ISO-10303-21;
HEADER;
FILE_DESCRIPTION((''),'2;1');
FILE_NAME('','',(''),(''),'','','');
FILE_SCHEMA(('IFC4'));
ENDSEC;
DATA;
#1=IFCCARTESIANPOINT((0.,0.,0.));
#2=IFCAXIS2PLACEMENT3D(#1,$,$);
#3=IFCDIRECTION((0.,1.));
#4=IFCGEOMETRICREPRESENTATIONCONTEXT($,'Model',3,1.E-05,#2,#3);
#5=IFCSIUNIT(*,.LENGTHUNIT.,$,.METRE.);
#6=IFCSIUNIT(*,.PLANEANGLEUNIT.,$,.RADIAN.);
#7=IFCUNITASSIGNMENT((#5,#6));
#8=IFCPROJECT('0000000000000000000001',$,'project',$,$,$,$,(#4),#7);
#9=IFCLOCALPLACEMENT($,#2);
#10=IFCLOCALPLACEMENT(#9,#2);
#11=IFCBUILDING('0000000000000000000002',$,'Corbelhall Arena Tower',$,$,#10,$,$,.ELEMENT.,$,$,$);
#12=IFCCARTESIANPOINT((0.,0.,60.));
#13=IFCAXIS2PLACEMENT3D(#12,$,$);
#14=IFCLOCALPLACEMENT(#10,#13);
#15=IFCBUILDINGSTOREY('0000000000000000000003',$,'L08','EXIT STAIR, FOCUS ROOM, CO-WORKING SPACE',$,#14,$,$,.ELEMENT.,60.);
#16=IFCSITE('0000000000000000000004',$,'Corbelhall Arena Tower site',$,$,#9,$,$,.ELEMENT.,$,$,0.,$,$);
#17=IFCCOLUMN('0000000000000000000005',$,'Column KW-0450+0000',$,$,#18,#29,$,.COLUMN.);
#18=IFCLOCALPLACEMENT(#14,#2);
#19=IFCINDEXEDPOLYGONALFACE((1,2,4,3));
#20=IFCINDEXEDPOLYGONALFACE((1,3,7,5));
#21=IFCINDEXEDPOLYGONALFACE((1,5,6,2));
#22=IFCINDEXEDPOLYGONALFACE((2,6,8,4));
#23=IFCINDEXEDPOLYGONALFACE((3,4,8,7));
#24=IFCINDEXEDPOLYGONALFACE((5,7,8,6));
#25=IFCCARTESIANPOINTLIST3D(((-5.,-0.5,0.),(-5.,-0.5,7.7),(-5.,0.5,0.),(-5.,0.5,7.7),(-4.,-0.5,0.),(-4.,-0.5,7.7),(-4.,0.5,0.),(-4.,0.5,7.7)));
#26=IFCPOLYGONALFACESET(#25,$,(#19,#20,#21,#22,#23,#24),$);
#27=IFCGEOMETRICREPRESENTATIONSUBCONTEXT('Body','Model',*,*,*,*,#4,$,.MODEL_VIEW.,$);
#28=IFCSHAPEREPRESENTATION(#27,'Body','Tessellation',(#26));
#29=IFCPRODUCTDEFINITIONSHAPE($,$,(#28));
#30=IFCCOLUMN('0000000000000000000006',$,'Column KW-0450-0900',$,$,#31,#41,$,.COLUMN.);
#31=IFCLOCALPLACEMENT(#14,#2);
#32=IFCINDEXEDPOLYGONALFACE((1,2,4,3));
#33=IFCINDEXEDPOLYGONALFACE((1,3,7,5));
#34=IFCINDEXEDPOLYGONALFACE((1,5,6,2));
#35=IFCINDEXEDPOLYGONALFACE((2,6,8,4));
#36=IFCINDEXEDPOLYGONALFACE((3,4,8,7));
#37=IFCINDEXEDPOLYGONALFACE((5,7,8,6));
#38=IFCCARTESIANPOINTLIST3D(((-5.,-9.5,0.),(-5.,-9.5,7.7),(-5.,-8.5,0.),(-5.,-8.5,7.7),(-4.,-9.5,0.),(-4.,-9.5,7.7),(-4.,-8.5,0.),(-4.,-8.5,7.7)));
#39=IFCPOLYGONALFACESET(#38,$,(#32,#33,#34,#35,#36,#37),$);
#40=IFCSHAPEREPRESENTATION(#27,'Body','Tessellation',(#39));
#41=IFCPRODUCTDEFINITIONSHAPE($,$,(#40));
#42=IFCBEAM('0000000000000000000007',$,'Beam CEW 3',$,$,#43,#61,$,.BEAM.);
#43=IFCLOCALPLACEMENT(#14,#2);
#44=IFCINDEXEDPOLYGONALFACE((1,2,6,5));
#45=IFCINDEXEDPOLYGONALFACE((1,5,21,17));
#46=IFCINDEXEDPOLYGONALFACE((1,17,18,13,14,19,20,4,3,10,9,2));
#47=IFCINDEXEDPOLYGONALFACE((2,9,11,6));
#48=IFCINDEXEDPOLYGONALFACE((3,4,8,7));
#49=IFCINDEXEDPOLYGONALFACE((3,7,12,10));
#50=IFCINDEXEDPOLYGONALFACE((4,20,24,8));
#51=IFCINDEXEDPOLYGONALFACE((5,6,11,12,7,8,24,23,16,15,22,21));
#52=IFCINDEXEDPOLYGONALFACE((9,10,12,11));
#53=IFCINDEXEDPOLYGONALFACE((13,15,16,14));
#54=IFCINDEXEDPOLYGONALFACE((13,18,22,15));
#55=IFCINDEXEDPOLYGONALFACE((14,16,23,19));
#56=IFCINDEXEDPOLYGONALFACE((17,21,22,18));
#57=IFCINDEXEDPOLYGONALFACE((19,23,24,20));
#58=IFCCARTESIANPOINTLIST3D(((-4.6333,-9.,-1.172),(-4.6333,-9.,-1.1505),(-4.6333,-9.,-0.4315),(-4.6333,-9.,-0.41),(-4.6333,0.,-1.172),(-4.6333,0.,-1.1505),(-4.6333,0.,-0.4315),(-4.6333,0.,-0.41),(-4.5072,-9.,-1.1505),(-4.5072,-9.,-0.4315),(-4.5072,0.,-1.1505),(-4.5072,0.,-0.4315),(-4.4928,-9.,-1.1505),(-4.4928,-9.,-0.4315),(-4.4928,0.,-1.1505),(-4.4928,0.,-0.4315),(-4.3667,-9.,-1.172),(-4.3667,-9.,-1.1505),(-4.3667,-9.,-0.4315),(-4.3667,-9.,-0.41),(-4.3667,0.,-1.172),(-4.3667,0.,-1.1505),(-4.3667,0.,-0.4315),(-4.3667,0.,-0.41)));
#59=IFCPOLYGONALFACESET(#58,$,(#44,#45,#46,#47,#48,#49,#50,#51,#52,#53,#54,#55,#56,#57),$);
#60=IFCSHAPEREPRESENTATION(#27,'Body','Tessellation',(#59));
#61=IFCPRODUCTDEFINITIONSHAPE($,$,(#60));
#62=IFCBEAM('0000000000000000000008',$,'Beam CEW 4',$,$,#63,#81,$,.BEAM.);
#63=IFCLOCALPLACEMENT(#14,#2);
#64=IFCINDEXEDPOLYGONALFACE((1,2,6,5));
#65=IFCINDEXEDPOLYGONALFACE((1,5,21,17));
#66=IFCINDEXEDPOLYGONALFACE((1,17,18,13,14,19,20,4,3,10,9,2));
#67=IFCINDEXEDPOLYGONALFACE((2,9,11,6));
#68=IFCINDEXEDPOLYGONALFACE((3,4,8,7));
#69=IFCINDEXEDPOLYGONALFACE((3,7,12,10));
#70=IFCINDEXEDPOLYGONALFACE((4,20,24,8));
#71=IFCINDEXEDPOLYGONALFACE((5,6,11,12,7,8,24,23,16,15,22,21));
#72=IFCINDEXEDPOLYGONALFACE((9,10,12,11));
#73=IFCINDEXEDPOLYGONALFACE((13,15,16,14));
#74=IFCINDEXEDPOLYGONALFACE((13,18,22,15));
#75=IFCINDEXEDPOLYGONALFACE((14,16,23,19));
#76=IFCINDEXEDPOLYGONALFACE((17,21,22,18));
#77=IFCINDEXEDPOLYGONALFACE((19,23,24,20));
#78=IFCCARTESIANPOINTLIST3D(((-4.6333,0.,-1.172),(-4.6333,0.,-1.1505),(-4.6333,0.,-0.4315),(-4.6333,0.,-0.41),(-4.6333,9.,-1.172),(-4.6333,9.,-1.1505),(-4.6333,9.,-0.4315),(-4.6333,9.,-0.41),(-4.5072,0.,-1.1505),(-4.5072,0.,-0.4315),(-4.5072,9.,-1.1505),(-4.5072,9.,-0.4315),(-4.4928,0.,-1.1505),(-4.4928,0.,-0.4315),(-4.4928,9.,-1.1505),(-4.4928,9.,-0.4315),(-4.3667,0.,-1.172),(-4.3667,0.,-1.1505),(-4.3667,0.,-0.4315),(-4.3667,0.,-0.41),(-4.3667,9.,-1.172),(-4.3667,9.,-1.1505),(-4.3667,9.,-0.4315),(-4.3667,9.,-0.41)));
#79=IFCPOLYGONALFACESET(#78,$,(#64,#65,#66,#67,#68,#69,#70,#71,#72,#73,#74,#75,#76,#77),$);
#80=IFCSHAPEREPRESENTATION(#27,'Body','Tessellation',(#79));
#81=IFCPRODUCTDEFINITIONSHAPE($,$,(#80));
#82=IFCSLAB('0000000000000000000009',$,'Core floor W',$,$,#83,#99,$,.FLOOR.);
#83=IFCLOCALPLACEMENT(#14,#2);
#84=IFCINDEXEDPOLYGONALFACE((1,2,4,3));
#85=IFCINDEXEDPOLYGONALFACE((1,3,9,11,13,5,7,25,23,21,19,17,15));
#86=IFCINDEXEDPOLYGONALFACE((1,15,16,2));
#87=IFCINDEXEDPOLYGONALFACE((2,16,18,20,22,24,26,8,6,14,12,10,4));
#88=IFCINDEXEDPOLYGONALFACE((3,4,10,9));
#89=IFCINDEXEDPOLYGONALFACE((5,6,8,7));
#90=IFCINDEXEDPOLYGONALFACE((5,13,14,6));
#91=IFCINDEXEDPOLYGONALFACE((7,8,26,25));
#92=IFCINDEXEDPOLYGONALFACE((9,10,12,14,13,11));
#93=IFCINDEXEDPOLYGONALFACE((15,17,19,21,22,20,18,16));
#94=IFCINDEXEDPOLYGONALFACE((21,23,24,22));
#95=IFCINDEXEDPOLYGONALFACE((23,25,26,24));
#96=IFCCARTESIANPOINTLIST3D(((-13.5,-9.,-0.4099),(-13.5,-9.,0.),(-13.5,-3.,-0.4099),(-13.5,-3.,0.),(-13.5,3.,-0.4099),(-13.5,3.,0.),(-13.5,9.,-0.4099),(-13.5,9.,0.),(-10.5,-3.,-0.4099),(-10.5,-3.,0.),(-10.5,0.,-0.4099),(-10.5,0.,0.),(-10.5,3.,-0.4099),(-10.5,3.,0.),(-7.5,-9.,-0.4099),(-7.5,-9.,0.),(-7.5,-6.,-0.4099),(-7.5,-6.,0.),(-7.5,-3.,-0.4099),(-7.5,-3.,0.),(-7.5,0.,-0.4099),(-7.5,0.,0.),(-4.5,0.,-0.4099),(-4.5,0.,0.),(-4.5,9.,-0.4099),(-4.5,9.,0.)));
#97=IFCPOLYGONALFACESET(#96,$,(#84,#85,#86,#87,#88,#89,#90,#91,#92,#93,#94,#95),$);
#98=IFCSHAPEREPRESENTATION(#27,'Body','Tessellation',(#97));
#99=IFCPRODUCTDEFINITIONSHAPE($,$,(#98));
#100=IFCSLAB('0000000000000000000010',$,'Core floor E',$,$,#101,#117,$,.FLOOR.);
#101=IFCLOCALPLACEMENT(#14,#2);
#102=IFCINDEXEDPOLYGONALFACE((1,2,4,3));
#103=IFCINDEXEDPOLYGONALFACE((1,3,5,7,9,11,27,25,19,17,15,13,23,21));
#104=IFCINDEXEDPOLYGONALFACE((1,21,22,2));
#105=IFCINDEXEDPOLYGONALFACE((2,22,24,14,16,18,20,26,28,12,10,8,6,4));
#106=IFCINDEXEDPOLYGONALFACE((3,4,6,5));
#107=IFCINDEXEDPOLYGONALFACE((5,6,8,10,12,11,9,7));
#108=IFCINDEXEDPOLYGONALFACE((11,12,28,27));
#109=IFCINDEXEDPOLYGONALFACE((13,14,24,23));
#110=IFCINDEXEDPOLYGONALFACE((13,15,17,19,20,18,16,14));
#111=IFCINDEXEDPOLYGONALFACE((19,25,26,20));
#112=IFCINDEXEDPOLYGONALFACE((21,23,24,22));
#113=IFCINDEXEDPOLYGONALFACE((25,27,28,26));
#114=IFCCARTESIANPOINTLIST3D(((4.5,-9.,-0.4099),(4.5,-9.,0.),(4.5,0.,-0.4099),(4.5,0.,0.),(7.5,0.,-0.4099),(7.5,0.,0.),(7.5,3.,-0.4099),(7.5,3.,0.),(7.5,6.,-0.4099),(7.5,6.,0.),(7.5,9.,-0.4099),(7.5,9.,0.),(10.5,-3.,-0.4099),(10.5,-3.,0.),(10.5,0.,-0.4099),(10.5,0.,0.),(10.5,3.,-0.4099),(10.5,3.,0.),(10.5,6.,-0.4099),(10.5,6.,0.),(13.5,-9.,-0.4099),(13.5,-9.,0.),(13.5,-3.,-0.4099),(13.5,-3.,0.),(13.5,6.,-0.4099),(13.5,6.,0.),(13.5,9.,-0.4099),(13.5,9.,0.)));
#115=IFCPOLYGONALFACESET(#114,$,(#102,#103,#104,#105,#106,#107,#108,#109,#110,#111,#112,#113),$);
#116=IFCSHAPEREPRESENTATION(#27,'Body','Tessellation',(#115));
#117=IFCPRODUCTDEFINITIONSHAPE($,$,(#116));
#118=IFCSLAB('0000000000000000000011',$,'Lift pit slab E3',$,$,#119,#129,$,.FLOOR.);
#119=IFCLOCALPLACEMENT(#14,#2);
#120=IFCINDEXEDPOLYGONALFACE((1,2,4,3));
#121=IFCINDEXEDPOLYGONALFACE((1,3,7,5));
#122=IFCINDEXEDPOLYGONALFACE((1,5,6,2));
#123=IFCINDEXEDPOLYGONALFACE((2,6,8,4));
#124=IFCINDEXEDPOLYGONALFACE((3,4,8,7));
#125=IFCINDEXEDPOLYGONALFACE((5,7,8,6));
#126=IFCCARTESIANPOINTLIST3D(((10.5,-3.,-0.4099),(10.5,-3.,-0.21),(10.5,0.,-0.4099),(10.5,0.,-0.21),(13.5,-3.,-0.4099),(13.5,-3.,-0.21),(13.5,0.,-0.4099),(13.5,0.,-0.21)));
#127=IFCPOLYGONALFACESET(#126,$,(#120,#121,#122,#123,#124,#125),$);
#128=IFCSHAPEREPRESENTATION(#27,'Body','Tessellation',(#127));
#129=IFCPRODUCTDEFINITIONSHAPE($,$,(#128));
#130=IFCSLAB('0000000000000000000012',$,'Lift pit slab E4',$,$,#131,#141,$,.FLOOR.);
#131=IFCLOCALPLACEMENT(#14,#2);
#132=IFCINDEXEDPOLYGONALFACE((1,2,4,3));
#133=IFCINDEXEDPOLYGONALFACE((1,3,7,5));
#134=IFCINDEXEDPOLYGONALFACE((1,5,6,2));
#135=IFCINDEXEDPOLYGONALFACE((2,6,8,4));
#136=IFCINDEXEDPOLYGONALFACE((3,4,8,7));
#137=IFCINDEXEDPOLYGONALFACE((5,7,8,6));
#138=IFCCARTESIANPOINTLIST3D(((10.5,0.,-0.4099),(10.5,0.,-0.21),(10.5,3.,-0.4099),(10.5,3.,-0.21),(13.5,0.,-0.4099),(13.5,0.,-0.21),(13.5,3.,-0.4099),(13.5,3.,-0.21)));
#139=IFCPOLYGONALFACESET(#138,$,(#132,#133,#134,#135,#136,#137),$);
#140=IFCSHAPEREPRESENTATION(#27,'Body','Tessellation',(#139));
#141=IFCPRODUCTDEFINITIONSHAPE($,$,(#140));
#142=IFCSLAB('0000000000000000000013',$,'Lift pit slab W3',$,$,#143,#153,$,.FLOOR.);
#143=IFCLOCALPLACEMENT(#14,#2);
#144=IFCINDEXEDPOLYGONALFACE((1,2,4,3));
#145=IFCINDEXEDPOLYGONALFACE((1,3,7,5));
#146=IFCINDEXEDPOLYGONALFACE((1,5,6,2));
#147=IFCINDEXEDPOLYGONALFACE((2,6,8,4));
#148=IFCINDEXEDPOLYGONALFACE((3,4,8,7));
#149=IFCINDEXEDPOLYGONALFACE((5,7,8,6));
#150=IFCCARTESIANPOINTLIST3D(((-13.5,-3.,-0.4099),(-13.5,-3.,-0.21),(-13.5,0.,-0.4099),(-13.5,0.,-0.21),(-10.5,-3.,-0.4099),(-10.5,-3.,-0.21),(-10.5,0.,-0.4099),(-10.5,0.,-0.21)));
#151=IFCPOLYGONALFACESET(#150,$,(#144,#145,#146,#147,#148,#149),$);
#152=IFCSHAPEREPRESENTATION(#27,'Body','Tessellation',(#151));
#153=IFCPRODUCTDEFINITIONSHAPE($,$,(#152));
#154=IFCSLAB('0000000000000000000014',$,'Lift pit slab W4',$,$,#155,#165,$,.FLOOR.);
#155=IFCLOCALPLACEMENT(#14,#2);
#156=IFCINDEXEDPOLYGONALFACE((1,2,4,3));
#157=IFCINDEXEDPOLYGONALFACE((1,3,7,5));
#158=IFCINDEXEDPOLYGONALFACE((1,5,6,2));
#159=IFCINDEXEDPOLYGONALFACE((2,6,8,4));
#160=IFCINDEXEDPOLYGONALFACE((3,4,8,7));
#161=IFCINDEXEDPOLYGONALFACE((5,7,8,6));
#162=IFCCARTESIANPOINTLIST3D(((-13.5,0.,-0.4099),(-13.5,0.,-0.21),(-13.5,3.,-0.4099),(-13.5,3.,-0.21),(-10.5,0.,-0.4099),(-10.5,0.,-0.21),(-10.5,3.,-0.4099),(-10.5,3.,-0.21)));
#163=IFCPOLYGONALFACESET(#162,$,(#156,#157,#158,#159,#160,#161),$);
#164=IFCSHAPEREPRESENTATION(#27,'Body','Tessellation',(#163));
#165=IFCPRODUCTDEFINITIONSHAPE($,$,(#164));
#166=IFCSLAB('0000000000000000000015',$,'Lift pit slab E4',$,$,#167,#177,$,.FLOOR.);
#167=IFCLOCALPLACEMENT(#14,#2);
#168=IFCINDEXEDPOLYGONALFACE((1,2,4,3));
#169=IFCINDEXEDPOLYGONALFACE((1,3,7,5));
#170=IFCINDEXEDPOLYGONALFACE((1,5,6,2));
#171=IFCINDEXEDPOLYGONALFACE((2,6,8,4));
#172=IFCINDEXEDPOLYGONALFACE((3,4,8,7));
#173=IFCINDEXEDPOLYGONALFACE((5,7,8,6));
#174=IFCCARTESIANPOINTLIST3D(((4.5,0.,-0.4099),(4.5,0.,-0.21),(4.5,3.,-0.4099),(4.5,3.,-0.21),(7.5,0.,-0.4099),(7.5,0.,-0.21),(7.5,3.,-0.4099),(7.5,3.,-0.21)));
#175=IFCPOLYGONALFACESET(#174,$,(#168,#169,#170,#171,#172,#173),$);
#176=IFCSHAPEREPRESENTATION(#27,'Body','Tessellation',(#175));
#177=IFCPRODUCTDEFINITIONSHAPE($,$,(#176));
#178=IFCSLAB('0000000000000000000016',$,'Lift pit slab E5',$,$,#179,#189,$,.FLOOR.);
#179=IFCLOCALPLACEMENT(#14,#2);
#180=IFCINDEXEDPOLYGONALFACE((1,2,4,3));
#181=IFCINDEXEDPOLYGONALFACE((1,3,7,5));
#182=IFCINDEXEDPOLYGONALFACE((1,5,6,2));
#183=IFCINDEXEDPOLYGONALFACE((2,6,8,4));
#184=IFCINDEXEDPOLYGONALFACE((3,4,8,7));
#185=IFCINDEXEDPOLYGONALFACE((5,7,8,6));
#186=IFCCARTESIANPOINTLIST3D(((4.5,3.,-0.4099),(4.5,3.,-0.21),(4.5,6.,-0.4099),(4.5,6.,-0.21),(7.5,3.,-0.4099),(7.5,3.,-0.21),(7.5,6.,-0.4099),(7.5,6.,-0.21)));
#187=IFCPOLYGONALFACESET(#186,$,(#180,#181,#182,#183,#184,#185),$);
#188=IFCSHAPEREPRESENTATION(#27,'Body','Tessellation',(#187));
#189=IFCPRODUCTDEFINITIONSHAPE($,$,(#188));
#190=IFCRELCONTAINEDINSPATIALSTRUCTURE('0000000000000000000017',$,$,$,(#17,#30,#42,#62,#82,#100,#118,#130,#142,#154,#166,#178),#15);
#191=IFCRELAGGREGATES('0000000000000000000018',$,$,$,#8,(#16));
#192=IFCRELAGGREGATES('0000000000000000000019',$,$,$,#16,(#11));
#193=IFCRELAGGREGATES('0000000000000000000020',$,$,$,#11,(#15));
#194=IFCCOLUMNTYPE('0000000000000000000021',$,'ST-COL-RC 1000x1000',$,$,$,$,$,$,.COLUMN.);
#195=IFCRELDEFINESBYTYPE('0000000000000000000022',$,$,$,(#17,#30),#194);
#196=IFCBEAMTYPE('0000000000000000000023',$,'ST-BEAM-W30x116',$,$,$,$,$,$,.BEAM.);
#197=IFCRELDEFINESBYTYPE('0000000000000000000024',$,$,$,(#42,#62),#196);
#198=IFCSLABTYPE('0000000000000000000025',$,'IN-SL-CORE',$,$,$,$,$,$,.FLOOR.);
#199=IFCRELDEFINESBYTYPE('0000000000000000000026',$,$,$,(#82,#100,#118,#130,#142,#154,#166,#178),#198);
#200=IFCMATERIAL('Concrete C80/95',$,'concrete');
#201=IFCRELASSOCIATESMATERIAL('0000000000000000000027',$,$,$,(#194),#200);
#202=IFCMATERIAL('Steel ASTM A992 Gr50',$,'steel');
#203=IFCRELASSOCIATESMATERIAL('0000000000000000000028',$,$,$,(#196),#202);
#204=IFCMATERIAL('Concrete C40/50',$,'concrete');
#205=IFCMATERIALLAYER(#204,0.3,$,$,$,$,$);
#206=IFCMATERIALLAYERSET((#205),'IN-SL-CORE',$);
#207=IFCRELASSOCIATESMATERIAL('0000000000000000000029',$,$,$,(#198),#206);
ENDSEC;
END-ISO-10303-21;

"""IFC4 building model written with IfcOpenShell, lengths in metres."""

from ifc_helpers import new_model, si_unit, direction, frame, origin, origin_2d, place, context, subcontext, project, spatial, polyline, rectangle, i_section, outline, extrude, material, layer, layer_set, material_profile, profile_set, type_object, element, save


model = new_model("IFC4")

# Units and contexts
model_context = context("Model", 3, precision=1e-05, world=origin(), true_north=direction((0.0, 1.0)))
body_context = subcontext(model_context, "Body", "Model", "MODEL_VIEW")
ifc_project = project(units=[si_unit("LENGTHUNIT", "METRE"), si_unit("PLANEANGLEUNIT", "RADIAN")], contexts=[model_context])

# Site, building, storey
site_placement = place(None, origin())
site = spatial("IfcSite", under=ifc_project, at=site_placement, Name="Corbelhall Arena Tower site", CompositionType="ELEMENT", RefElevation=0.0)
building_placement = place(site_placement, origin())
building = spatial("IfcBuilding", under=site, at=building_placement, Name="Corbelhall Arena Tower", CompositionType="ELEMENT")
storey_placement = place(building_placement, frame((0.0, 0.0, 60.0)))
storey = spatial("IfcBuildingStorey", under=building, at=storey_placement, Name="L08", Description="EXIT STAIR, FOCUS ROOM, CO-WORKING SPACE", CompositionType="ELEMENT", Elevation=60.0)

# Columns
ifc_material_1 = material(Name="Concrete C80/95", Category="concrete")
ifc_material_profile_1 = material_profile(ifc_material_1, rectangle(XDim=1.0, YDim=1.0, at=origin_2d()))
ifc_profile_set_1 = profile_set([ifc_material_profile_1], Name="Concrete C80/95")
column_type = type_object("IfcColumnType", Name="ST-COL-RC 1000x1000", PredefinedType="COLUMN", material=ifc_profile_set_1)
for number, where, z_axis, x_axis, name in (
    (1, (-4.5, 0.0, 0.0), (0.0, 0.0, 1.0), (1.0, 0.0, 0.0), "Column KW-0450+0000"),
    (2, (-4.5, -9.0, 0.0), (0.0, 0.0, 1.0), (1.0, 0.0, 0.0), "Column KW-0450-0900"),
):
    element("IfcColumn", number, at=place(storey_placement, frame(where, z_axis=z_axis, x_axis=x_axis)), inside=storey, type_object=column_type, Name=name, PredefinedType="COLUMN", context=body_context, shape_type="SweptSolid", body=[
        extrude(rectangle(XDim=1.0, YDim=1.0, at=origin_2d()), origin(), (0.0, 0.0, 1.0), 7.7),
    ])

# Beams
ifc_material_2 = material(Name="Steel ASTM A992 Gr50", Category="steel")
ifc_material_profile_2 = material_profile(ifc_material_2, i_section(OverallWidth=0.2666, OverallDepth=0.762, WebThickness=0.0144, FlangeThickness=0.0215, at=origin_2d()))
ifc_profile_set_2 = profile_set([ifc_material_profile_2], Name="Steel ASTM A992 Gr50")
beam_type = type_object("IfcBeamType", Name="ST-BEAM-W30x116", PredefinedType="BEAM", material=ifc_profile_set_2)
for number, where, z_axis, x_axis, name in (
    (3, (-4.5, -9.0, -0.791), (0.0, 1.0, 0.0), (-1.0, 0.0, 0.0), "Beam CEW 3"),
    (4, (-4.5, 0.0, -0.791), (0.0, 1.0, 0.0), (-1.0, 0.0, 0.0), "Beam CEW 4"),
):
    element("IfcBeam", number, at=place(storey_placement, frame(where, z_axis=z_axis, x_axis=x_axis)), inside=storey, type_object=beam_type, Name=name, PredefinedType="BEAM", context=body_context, shape_type="SweptSolid", body=[
        extrude(i_section(OverallWidth=0.2666, OverallDepth=0.762, WebThickness=0.0144, FlangeThickness=0.0215, at=origin_2d()), origin(), (0.0, 0.0, 1.0), 9.0),
    ])

# Slabs
ifc_material_3 = material(Name="Concrete C40/50", Category="concrete")
ifc_layer_1 = layer(ifc_material_3, 0.3)
ifc_layer_set_1 = layer_set([ifc_layer_1], Name="IN-SL-CORE")
slab_type_1 = type_object("IfcSlabType", Name="IN-SL-CORE", PredefinedType="FLOOR", material=ifc_layer_set_1)
slab_1_placement = place(storey_placement, frame((0.0, 0.0, -0.4099)))
element("IfcSlab", 5, at=slab_1_placement, inside=storey, type_object=slab_type_1, Name="Core floor W", PredefinedType="FLOOR", context=body_context, shape_type="SweptSolid", body=[
    extrude(outline(polyline([(-7.5, 0.0), (-4.5, 0.0), (-4.5, 9.0), (-13.5, 9.0), (-13.5, 3.0), (-10.5, 3.0), (-10.5, 0.0), (-10.5, -3.0), (-13.5, -3.0), (-13.5, -9.0), (-7.5, -9.0), (-7.5, -6.0), (-7.5, -3.0), (-7.5, 0.0)])), origin(), (0.0, 0.0, 1.0), 0.4099),
])
slab_2_placement = place(storey_placement, frame((0.0, 0.0, -0.4099)))
element("IfcSlab", 6, at=slab_2_placement, inside=storey, type_object=slab_type_1, Name="Core floor E", PredefinedType="FLOOR", context=body_context, shape_type="SweptSolid", body=[
    extrude(outline(polyline([(7.5, 0.0), (4.5, 0.0), (4.5, -9.0), (13.5, -9.0), (13.5, -3.0), (10.5, -3.0), (10.5, 0.0), (10.5, 3.0), (10.5, 6.0), (13.5, 6.0), (13.5, 9.0), (7.5, 9.0), (7.5, 6.0), (7.5, 3.0), (7.5, 0.0)])), origin(), (0.0, 0.0, 1.0), 0.4099),
])
slab_3_placement = place(storey_placement, frame((0.0, 0.0, -0.4099)))
element("IfcSlab", 7, at=slab_3_placement, inside=storey, type_object=slab_type_1, Name="Lift pit slab E3", PredefinedType="FLOOR", context=body_context, shape_type="SweptSolid", body=[
    extrude(outline(polyline([(13.5, -3.0), (13.5, 0.0), (10.5, 0.0), (10.5, -3.0), (13.5, -3.0)])), origin(), (0.0, 0.0, 1.0), 0.2),
])
slab_4_placement = place(storey_placement, frame((0.0, 0.0, -0.4099)))
element("IfcSlab", 8, at=slab_4_placement, inside=storey, type_object=slab_type_1, Name="Lift pit slab E4", PredefinedType="FLOOR", context=body_context, shape_type="SweptSolid", body=[
    extrude(outline(polyline([(13.5, 0.0), (13.5, 3.0), (10.5, 3.0), (10.5, 0.0), (13.5, 0.0)])), origin(), (0.0, 0.0, 1.0), 0.2),
])
slab_5_placement = place(storey_placement, frame((0.0, 0.0, -0.4099)))
element("IfcSlab", 9, at=slab_5_placement, inside=storey, type_object=slab_type_1, Name="Lift pit slab W3", PredefinedType="FLOOR", context=body_context, shape_type="SweptSolid", body=[
    extrude(outline(polyline([(-10.5, -3.0), (-10.5, 0.0), (-13.5, 0.0), (-13.5, -3.0), (-10.5, -3.0)])), origin(), (0.0, 0.0, 1.0), 0.2),
])
slab_6_placement = place(storey_placement, frame((0.0, 0.0, -0.4099)))
element("IfcSlab", 10, at=slab_6_placement, inside=storey, type_object=slab_type_1, Name="Lift pit slab W4", PredefinedType="FLOOR", context=body_context, shape_type="SweptSolid", body=[
    extrude(outline(polyline([(-10.5, 0.0), (-10.5, 3.0), (-13.5, 3.0), (-13.5, 0.0), (-10.5, 0.0)])), origin(), (0.0, 0.0, 1.0), 0.2),
])
slab_7_placement = place(storey_placement, frame((0.0, 0.0, -0.4099)))
element("IfcSlab", 11, at=slab_7_placement, inside=storey, type_object=slab_type_1, Name="Lift pit slab E4", PredefinedType="FLOOR", context=body_context, shape_type="SweptSolid", body=[
    extrude(outline(polyline([(7.5, 0.0), (7.5, 3.0), (4.5, 3.0), (4.5, 0.0), (7.5, 0.0)])), origin(), (0.0, 0.0, 1.0), 0.2),
])
slab_8_placement = place(storey_placement, frame((0.0, 0.0, -0.4099)))
element("IfcSlab", 12, at=slab_8_placement, inside=storey, type_object=slab_type_1, Name="Lift pit slab E5", PredefinedType="FLOOR", context=body_context, shape_type="SweptSolid", body=[
    extrude(outline(polyline([(7.5, 3.0), (7.5, 6.0), (4.5, 6.0), (4.5, 3.0), (7.5, 3.0)])), origin(), (0.0, 0.0, 1.0), 0.2),
])

save(model, "model.ifc")
